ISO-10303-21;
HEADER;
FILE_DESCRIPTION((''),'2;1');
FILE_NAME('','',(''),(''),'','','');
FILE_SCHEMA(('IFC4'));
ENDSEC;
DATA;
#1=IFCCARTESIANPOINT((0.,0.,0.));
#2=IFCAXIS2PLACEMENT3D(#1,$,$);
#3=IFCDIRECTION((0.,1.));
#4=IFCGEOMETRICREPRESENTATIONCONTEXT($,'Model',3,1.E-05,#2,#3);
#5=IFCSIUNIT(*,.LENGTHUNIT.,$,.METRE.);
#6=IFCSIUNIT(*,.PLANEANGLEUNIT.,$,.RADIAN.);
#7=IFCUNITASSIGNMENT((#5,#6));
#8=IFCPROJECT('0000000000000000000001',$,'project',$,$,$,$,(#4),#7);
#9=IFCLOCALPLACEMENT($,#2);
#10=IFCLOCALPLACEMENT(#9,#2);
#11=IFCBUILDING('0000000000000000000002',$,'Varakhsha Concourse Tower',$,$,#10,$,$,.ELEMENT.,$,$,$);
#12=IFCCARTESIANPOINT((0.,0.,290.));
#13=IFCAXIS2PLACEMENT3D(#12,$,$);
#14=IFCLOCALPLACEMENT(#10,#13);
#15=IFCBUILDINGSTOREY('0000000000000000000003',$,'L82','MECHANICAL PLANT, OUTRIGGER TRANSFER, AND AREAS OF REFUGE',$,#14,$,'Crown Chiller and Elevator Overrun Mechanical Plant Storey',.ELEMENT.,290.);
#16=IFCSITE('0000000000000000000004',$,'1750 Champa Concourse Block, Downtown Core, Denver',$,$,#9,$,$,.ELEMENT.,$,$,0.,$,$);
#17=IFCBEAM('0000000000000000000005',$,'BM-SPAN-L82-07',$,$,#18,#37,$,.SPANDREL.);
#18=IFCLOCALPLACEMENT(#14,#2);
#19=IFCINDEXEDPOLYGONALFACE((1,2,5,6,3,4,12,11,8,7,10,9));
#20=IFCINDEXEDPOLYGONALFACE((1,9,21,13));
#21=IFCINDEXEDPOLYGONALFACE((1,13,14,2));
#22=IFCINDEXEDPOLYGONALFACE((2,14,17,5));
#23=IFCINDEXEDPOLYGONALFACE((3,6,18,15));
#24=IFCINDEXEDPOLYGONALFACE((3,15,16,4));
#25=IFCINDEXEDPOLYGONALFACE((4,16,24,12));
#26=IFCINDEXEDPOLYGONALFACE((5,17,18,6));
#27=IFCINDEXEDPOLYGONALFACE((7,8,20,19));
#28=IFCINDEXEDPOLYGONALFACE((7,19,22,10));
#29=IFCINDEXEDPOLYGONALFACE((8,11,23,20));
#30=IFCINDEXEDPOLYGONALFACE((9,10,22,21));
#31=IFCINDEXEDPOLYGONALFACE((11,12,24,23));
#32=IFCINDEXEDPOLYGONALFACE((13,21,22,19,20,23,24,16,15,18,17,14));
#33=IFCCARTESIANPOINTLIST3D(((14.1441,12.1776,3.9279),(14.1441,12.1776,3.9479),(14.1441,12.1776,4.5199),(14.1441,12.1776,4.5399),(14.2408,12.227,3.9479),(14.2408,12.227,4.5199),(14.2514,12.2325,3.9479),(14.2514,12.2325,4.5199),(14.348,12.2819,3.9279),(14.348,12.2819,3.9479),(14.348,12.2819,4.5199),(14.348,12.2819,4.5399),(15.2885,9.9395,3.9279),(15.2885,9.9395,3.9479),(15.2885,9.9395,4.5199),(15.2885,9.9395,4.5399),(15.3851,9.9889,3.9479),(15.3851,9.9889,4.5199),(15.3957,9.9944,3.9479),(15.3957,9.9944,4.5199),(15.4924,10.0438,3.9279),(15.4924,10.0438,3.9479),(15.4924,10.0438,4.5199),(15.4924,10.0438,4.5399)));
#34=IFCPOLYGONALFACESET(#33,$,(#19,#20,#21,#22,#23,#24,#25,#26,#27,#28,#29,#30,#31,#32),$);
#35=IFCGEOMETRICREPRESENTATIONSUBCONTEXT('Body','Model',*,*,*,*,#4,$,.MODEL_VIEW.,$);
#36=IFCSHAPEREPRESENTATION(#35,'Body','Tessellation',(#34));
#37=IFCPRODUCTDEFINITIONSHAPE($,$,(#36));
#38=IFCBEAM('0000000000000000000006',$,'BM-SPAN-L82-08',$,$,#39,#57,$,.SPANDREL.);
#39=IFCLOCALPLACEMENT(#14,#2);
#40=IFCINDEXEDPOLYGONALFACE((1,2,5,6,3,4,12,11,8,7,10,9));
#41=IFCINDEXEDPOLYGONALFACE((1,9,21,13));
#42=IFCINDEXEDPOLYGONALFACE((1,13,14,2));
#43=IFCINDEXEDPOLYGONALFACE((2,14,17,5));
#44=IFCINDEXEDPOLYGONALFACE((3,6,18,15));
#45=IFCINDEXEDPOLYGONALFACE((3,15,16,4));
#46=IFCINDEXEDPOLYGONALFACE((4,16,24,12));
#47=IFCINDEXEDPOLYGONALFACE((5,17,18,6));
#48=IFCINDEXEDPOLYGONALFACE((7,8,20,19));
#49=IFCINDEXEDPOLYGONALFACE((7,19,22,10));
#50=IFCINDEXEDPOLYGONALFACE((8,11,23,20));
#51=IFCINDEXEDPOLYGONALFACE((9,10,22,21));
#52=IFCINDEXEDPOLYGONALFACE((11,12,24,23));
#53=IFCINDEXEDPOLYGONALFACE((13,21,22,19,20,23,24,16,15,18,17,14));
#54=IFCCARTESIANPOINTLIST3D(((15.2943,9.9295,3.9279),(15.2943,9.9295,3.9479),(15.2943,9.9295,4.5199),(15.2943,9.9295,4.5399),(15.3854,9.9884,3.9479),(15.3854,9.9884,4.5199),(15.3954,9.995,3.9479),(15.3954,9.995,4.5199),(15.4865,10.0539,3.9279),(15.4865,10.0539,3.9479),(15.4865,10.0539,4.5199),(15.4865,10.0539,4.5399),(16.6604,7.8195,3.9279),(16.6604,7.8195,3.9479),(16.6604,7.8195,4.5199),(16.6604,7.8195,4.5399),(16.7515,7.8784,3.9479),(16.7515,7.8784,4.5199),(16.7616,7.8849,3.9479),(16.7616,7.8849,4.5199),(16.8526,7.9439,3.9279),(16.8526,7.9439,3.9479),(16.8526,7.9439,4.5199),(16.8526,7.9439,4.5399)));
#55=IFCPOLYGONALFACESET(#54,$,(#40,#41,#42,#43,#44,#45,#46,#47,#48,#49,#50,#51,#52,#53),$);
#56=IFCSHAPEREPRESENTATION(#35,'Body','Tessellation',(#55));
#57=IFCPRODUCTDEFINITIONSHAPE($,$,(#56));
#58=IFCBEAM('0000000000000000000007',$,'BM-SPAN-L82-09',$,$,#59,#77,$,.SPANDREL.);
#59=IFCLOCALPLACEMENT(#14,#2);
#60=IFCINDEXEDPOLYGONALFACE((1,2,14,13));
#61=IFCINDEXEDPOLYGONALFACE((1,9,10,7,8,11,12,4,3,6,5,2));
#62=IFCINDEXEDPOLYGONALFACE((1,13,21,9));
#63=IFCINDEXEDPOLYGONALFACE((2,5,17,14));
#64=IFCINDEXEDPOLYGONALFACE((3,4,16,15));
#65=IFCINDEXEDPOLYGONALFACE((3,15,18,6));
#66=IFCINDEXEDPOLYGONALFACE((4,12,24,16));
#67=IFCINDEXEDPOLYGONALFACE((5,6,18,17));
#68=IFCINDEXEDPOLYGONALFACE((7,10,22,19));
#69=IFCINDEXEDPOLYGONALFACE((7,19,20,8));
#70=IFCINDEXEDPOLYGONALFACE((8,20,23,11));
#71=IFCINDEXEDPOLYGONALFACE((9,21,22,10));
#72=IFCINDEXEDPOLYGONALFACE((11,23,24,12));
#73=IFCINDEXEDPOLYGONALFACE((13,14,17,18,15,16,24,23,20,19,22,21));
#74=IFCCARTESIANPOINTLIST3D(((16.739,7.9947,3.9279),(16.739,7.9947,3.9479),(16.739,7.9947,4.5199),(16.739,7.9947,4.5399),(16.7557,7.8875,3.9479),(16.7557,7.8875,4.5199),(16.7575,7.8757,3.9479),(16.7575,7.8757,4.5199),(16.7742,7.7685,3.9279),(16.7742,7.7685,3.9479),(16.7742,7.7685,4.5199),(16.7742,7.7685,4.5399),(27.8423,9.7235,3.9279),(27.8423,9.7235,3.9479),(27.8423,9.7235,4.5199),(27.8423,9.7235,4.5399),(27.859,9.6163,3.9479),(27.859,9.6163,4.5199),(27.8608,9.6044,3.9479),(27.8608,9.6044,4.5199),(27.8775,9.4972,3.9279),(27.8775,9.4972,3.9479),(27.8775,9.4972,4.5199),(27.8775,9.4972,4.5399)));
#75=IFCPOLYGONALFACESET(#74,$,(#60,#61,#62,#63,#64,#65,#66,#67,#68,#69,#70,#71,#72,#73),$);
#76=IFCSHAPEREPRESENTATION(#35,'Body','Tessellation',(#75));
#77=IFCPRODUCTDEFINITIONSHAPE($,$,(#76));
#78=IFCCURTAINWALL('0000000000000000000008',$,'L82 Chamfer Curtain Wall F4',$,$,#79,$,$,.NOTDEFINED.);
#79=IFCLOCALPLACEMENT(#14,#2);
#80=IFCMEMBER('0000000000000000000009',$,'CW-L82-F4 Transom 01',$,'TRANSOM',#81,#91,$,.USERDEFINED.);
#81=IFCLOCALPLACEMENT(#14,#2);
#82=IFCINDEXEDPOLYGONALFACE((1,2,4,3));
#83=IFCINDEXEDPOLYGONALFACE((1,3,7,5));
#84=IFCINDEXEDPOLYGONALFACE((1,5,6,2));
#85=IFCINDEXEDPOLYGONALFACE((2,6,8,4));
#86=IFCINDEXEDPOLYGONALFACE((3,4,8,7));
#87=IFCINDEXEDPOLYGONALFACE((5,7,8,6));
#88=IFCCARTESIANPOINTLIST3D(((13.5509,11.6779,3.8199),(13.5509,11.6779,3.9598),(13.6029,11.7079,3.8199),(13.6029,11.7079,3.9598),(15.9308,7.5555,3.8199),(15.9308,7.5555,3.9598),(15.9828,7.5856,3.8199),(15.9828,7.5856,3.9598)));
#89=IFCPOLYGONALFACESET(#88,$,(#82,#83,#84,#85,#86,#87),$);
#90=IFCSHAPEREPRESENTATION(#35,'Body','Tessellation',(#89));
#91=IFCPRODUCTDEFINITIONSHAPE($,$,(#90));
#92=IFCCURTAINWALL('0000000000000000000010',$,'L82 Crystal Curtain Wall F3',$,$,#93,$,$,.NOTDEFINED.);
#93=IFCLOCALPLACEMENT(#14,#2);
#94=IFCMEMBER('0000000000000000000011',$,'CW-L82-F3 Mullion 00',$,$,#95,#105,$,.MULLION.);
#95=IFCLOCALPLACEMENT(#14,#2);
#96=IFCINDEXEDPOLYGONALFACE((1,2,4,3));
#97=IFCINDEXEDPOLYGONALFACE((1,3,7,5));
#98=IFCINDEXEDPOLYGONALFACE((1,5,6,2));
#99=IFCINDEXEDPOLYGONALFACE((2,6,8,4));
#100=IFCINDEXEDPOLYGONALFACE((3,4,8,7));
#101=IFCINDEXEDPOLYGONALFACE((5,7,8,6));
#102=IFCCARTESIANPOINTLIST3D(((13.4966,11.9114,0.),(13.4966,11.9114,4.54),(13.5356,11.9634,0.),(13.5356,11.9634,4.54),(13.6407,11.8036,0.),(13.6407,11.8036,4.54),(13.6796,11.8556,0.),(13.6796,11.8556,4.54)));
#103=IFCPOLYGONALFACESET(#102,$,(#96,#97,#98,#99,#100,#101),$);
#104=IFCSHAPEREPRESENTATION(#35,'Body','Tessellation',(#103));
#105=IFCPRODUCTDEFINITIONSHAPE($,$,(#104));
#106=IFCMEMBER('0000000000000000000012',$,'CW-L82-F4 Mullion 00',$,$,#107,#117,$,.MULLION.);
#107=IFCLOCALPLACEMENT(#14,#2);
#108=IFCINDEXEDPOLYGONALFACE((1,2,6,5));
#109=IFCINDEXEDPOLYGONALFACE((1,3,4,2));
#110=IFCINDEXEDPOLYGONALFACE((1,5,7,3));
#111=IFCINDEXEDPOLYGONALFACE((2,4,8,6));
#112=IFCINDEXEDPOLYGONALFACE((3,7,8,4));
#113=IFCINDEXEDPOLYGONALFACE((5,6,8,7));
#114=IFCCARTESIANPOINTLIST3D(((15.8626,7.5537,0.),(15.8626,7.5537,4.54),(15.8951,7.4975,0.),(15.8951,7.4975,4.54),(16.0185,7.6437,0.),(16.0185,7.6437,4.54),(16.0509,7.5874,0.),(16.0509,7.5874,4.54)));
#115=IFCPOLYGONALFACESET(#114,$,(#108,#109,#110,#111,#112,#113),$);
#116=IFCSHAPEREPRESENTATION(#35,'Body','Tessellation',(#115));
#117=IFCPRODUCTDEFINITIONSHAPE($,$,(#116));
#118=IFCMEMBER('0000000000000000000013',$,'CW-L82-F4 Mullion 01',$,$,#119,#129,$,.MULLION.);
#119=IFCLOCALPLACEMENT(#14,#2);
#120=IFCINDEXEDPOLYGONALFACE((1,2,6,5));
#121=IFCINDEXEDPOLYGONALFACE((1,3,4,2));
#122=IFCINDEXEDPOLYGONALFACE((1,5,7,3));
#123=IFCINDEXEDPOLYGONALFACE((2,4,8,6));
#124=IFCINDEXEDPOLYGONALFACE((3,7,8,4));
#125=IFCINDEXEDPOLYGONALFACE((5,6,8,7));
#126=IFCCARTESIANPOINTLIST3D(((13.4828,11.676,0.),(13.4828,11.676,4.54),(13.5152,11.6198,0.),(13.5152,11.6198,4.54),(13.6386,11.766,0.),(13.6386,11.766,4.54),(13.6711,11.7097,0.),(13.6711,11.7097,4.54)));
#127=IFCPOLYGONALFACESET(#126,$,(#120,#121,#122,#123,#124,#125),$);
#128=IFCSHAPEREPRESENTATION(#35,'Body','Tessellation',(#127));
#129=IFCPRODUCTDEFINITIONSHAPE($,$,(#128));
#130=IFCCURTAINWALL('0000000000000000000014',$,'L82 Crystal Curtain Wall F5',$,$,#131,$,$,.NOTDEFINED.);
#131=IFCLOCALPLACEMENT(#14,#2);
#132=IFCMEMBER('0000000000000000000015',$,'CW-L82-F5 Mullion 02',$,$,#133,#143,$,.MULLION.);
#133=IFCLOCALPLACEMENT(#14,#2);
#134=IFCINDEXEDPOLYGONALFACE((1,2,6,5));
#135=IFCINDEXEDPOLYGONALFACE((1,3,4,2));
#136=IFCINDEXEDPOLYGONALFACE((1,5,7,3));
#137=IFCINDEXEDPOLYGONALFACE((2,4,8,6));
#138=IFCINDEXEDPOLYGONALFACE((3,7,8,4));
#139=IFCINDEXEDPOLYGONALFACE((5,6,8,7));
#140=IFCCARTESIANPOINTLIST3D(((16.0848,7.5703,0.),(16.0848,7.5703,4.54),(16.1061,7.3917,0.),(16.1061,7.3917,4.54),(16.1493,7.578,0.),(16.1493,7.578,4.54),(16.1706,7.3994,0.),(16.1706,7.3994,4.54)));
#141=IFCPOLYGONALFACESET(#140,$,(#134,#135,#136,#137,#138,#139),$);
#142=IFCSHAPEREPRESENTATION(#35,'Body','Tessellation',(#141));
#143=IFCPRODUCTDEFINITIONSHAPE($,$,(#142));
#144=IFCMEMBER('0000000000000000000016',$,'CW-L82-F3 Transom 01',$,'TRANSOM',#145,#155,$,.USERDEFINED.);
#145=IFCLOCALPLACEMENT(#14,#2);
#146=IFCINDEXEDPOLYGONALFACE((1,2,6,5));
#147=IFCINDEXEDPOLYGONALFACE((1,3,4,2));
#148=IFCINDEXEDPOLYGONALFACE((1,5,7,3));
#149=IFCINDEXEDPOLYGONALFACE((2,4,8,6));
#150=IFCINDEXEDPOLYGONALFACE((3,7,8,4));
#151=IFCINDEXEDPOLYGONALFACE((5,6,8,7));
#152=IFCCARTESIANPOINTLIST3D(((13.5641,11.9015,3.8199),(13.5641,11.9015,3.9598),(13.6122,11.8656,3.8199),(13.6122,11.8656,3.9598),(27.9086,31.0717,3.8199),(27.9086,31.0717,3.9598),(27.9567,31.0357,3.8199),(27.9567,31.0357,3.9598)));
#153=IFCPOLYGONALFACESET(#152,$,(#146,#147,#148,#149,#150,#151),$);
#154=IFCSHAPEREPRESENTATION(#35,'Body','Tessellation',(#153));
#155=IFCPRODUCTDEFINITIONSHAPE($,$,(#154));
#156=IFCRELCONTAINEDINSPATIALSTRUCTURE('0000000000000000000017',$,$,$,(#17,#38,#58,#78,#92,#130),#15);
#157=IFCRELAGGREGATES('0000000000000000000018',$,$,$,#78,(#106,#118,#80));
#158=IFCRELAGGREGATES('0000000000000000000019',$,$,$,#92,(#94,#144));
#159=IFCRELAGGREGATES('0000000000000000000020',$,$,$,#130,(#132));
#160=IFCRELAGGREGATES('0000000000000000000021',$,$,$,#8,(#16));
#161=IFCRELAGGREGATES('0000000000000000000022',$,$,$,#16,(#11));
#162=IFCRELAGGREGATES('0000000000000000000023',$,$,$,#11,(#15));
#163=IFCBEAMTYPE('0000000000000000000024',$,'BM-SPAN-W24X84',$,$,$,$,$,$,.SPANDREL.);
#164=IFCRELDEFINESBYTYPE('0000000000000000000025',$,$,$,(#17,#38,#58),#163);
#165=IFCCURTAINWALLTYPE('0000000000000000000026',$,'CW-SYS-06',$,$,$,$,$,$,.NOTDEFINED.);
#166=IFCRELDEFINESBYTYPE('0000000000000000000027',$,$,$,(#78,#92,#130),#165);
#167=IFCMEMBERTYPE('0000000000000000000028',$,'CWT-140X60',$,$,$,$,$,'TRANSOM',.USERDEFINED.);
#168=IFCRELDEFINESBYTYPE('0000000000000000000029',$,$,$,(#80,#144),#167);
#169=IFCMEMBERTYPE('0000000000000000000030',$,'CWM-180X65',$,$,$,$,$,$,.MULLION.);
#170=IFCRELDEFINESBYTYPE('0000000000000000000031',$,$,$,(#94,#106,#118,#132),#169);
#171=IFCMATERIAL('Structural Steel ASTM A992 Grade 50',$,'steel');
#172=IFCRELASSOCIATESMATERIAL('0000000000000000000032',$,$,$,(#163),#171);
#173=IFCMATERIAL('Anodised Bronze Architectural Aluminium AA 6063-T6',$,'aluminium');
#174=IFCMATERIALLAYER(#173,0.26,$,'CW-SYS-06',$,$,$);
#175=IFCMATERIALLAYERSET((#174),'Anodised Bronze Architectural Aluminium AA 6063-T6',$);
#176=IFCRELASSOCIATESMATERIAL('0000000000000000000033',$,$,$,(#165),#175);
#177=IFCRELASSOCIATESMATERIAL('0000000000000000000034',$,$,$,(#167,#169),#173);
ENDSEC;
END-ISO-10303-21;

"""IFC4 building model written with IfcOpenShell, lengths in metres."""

from ifc_helpers import new_model, si_unit, direction, frame, origin, origin_2d, place, context, subcontext, project, spatial, rectangle, i_section, extrude, source, transform, mapped, material, layer, layer_set, material_profile, profile_set, type_object, type_shapes, element, aggregate, save


model = new_model("IFC4")

# Units and contexts
model_context = context("Model", 3, precision=1e-05, world=origin(), true_north=direction((0.0, 1.0)))
body_context = subcontext(model_context, "Body", "Model", "MODEL_VIEW")
ifc_project = project(units=[si_unit("LENGTHUNIT", "METRE"), si_unit("PLANEANGLEUNIT", "RADIAN")], contexts=[model_context])

# Site, building, storey
site_placement = place(None, origin())
site = spatial("IfcSite", under=ifc_project, at=site_placement, Name="1750 Champa Concourse Block, Downtown Core, Denver", CompositionType="ELEMENT", RefElevation=0.0)
building_placement = place(site_placement, origin())
building = spatial("IfcBuilding", under=site, at=building_placement, Name="Varakhsha Concourse Tower", CompositionType="ELEMENT")
storey_placement = place(building_placement, frame((0.0, 0.0, 290.0)))
storey = spatial("IfcBuildingStorey", under=building, at=storey_placement, Name="L82", Description="MECHANICAL PLANT, OUTRIGGER TRANSFER, AND AREAS OF REFUGE", LongName="Crown Chiller and Elevator Overrun Mechanical Plant Storey", CompositionType="ELEMENT", Elevation=290.0)

# Shared definitions
ifc_material_1 = material(Name="Structural Steel ASTM A992 Grade 50", Category="steel")

# Beams
ifc_material_profile_1 = material_profile(ifc_material_1, i_section(OverallWidth=0.229, OverallDepth=0.6121, WebThickness=0.012, FlangeThickness=0.02, at=origin_2d()), Name="W24X84")
ifc_profile_set_1 = profile_set([ifc_material_profile_1], Name="Structural Steel ASTM A992 Grade 50")
beam_type_1 = type_object("IfcBeamType", Name="BM-SPAN-W24X84", PredefinedType="SPANDREL", material=ifc_profile_set_1)
for number, where, z_axis, x_axis, name in (
    (1, (14.2461, 12.2297, 4.2339), (0.455238, -0.89037, 0.0), (0.89037, 0.455238, 0.0), "BM-SPAN-L82-07"),
    (2, (15.3904, 9.9917, 4.2339), (0.543489, -0.839416, 0.0), (0.839416, 0.543489, 0.0), "BM-SPAN-L82-08"),
):
    element("IfcBeam", number, at=place(storey_placement, frame(where, z_axis=z_axis, x_axis=x_axis)), inside=storey, type_object=beam_type_1, Name=name, PredefinedType="SPANDREL", context=body_context, shape_type="SweptSolid", body=[
        extrude(i_section(OverallWidth=0.229, OverallDepth=0.6121, WebThickness=0.012, FlangeThickness=0.02, at=origin_2d()), origin(), (0.0, 0.0, 1.0), 2.5137),
    ])
beam_1_placement = place(storey_placement, frame((16.7566, 7.8816, 4.2339), z_axis=(0.988095, 0.153845, 0.0), x_axis=(-0.153845, 0.988095, 0.0)))
element("IfcBeam", 3, at=beam_1_placement, inside=storey, type_object=beam_type_1, Name="BM-SPAN-L82-09", PredefinedType="SPANDREL", context=body_context, shape_type="SweptSolid", body=[
    extrude(i_section(OverallWidth=0.229, OverallDepth=0.6121, WebThickness=0.012, FlangeThickness=0.02, at=origin_2d()), origin(), (0.0, 0.0, 1.0), 11.2371),
])

# Curtain walls, members
ifc_material_2 = material(Name="Anodised Bronze Architectural Aluminium AA 6063-T6", Category="aluminium")
ifc_layer_1 = layer(ifc_material_2, 0.26, Name="CW-SYS-06")
ifc_layer_set_1 = layer_set([ifc_layer_1], Name="Anodised Bronze Architectural Aluminium AA 6063-T6")
curtain_wall_type = type_object("IfcCurtainWallType", Name="CW-SYS-06", PredefinedType="NOTDEFINED", material=ifc_layer_set_1)
curtain_wall_1_placement = place(storey_placement, origin())
curtain_wall_1 = element("IfcCurtainWall", 4, at=curtain_wall_1_placement, inside=storey, type_object=curtain_wall_type, Name="L82 Chamfer Curtain Wall F4", PredefinedType="NOTDEFINED")
ifc_material_profile_2 = material_profile(ifc_material_2, rectangle(XDim=0.0601, YDim=0.1399, at=origin_2d()), Name="CWT-140X60")
ifc_profile_set_2 = profile_set([ifc_material_profile_2], Name="Anodised Bronze Architectural Aluminium AA 6063-T6")
member_type_1 = type_object("IfcMemberType", Name="CWT-140X60", ElementType="TRANSOM", PredefinedType="USERDEFINED", material=ifc_profile_set_2)
shared_shape_1 = source(origin(), body_context, "Body", "SweptSolid", [
    extrude(rectangle(XDim=0.0601, YDim=0.1399, at=origin_2d()), origin(), (0.0, 0.0, 1.0), 4.76),
])
member_1_placement = place(storey_placement, frame((15.9568, 7.5706, 3.8899), z_axis=(-0.499978, 0.866038, 0.0), x_axis=(-0.866038, -0.499978, 0.0)))
member_1 = element("IfcMember", 5, at=member_1_placement, type_object=member_type_1, Name="CW-L82-F4 Transom 01", ObjectType="TRANSOM", PredefinedType="USERDEFINED", context=body_context, shape_type="MappedRepresentation", body=[
    mapped(shared_shape_1, transform((0.0, 0.0, 0.0), scale=1.0)),
])
curtain_wall_2_placement = place(storey_placement, origin())
curtain_wall_2 = element("IfcCurtainWall", 6, at=curtain_wall_2_placement, inside=storey, type_object=curtain_wall_type, Name="L82 Crystal Curtain Wall F3", PredefinedType="NOTDEFINED")
ifc_material_profile_3 = material_profile(ifc_material_2, rectangle(XDim=0.0649, YDim=0.1799, at=origin_2d()), Name="CWM-180X65")
ifc_profile_set_3 = profile_set([ifc_material_profile_3], Name="Anodised Bronze Architectural Aluminium AA 6063-T6")
member_type_2 = type_object("IfcMemberType", Name="CWM-180X65", PredefinedType="MULLION", material=ifc_profile_set_3)
shared_shape_2 = source(origin(), body_context, "Body", "SweptSolid", [
    extrude(rectangle(XDim=0.0649, YDim=0.1799, at=origin_2d()), origin(), (0.0, 0.0, 1.0), 4.54),
])
type_shapes(member_type_2, [shared_shape_2])
member_2_placement = place(storey_placement, frame((13.5881, 11.8835, 0.0), z_axis=(0.0, 0.0, 1.0), x_axis=(0.599112, 0.800666, 0.0)))
member_2 = element("IfcMember", 7, at=member_2_placement, type_object=member_type_2, Name="CW-L82-F3 Mullion 00", PredefinedType="MULLION", context=body_context, shape_type="MappedRepresentation", body=[
    mapped(shared_shape_2, transform((0.0, 0.0, 0.0), scale=1.0)),
])

# Members
member_3_placement = place(storey_placement, frame((15.9568, 7.5706, 0.0), z_axis=(0.0, 0.0, 1.0), x_axis=(-0.499998, 0.866026, 0.0)))
member_3 = element("IfcMember", 8, at=member_3_placement, type_object=member_type_2, Name="CW-L82-F4 Mullion 00", PredefinedType="MULLION", context=body_context, shape_type="MappedRepresentation", body=[
    mapped(shared_shape_2, transform((0.0, 0.0, 0.0), scale=1.0)),
])
member_4_placement = place(storey_placement, frame((13.5769, 11.6929, 0.0), z_axis=(0.0, 0.0, 1.0), x_axis=(-0.499998, 0.866026, 0.0)))
member_4 = element("IfcMember", 9, at=member_4_placement, type_object=member_type_2, Name="CW-L82-F4 Mullion 01", PredefinedType="MULLION", context=body_context, shape_type="MappedRepresentation", body=[
    mapped(shared_shape_2, transform((0.0, 0.0, 0.0), scale=1.0)),
])

# Curtain wall, member
curtain_wall_3_placement = place(storey_placement, origin())
curtain_wall_3 = element("IfcCurtainWall", 10, at=curtain_wall_3_placement, inside=storey, type_object=curtain_wall_type, Name="L82 Crystal Curtain Wall F5", PredefinedType="NOTDEFINED")
member_5_placement = place(storey_placement, frame((16.1277, 7.4849, 0.0), z_axis=(0.0, 0.0, 1.0), x_axis=(-0.992952, -0.118513, 0.0)))
member_5 = element("IfcMember", 11, at=member_5_placement, type_object=member_type_2, Name="CW-L82-F5 Mullion 02", PredefinedType="MULLION", context=body_context, shape_type="MappedRepresentation", body=[
    mapped(shared_shape_2, transform((0.0, 0.0, 0.0), scale=1.0)),
])

# Member
shared_shape_3 = source(origin(), body_context, "Body", "SweptSolid", [
    extrude(rectangle(XDim=0.0601, YDim=0.1399, at=origin_2d()), origin(), (0.0, 0.0, 1.0), 23.9429),
])
type_shapes(member_type_1, [shared_shape_1, shared_shape_3])
member_6_placement = place(storey_placement, frame((13.5881, 11.8835, 3.8899), z_axis=(0.599114, 0.800664, 0.0), x_axis=(-0.800664, 0.599114, 0.0)))
member_6 = element("IfcMember", 12, at=member_6_placement, type_object=member_type_1, Name="CW-L82-F3 Transom 01", ObjectType="TRANSOM", PredefinedType="USERDEFINED", context=body_context, shape_type="MappedRepresentation", body=[
    mapped(shared_shape_3, transform((0.0, 0.0, 0.0), scale=1.0)),
])

aggregate(curtain_wall_1, [member_3, member_4, member_1])
aggregate(curtain_wall_2, [member_2, member_6])
aggregate(curtain_wall_3, [member_5])

save(model, "model.ifc")
